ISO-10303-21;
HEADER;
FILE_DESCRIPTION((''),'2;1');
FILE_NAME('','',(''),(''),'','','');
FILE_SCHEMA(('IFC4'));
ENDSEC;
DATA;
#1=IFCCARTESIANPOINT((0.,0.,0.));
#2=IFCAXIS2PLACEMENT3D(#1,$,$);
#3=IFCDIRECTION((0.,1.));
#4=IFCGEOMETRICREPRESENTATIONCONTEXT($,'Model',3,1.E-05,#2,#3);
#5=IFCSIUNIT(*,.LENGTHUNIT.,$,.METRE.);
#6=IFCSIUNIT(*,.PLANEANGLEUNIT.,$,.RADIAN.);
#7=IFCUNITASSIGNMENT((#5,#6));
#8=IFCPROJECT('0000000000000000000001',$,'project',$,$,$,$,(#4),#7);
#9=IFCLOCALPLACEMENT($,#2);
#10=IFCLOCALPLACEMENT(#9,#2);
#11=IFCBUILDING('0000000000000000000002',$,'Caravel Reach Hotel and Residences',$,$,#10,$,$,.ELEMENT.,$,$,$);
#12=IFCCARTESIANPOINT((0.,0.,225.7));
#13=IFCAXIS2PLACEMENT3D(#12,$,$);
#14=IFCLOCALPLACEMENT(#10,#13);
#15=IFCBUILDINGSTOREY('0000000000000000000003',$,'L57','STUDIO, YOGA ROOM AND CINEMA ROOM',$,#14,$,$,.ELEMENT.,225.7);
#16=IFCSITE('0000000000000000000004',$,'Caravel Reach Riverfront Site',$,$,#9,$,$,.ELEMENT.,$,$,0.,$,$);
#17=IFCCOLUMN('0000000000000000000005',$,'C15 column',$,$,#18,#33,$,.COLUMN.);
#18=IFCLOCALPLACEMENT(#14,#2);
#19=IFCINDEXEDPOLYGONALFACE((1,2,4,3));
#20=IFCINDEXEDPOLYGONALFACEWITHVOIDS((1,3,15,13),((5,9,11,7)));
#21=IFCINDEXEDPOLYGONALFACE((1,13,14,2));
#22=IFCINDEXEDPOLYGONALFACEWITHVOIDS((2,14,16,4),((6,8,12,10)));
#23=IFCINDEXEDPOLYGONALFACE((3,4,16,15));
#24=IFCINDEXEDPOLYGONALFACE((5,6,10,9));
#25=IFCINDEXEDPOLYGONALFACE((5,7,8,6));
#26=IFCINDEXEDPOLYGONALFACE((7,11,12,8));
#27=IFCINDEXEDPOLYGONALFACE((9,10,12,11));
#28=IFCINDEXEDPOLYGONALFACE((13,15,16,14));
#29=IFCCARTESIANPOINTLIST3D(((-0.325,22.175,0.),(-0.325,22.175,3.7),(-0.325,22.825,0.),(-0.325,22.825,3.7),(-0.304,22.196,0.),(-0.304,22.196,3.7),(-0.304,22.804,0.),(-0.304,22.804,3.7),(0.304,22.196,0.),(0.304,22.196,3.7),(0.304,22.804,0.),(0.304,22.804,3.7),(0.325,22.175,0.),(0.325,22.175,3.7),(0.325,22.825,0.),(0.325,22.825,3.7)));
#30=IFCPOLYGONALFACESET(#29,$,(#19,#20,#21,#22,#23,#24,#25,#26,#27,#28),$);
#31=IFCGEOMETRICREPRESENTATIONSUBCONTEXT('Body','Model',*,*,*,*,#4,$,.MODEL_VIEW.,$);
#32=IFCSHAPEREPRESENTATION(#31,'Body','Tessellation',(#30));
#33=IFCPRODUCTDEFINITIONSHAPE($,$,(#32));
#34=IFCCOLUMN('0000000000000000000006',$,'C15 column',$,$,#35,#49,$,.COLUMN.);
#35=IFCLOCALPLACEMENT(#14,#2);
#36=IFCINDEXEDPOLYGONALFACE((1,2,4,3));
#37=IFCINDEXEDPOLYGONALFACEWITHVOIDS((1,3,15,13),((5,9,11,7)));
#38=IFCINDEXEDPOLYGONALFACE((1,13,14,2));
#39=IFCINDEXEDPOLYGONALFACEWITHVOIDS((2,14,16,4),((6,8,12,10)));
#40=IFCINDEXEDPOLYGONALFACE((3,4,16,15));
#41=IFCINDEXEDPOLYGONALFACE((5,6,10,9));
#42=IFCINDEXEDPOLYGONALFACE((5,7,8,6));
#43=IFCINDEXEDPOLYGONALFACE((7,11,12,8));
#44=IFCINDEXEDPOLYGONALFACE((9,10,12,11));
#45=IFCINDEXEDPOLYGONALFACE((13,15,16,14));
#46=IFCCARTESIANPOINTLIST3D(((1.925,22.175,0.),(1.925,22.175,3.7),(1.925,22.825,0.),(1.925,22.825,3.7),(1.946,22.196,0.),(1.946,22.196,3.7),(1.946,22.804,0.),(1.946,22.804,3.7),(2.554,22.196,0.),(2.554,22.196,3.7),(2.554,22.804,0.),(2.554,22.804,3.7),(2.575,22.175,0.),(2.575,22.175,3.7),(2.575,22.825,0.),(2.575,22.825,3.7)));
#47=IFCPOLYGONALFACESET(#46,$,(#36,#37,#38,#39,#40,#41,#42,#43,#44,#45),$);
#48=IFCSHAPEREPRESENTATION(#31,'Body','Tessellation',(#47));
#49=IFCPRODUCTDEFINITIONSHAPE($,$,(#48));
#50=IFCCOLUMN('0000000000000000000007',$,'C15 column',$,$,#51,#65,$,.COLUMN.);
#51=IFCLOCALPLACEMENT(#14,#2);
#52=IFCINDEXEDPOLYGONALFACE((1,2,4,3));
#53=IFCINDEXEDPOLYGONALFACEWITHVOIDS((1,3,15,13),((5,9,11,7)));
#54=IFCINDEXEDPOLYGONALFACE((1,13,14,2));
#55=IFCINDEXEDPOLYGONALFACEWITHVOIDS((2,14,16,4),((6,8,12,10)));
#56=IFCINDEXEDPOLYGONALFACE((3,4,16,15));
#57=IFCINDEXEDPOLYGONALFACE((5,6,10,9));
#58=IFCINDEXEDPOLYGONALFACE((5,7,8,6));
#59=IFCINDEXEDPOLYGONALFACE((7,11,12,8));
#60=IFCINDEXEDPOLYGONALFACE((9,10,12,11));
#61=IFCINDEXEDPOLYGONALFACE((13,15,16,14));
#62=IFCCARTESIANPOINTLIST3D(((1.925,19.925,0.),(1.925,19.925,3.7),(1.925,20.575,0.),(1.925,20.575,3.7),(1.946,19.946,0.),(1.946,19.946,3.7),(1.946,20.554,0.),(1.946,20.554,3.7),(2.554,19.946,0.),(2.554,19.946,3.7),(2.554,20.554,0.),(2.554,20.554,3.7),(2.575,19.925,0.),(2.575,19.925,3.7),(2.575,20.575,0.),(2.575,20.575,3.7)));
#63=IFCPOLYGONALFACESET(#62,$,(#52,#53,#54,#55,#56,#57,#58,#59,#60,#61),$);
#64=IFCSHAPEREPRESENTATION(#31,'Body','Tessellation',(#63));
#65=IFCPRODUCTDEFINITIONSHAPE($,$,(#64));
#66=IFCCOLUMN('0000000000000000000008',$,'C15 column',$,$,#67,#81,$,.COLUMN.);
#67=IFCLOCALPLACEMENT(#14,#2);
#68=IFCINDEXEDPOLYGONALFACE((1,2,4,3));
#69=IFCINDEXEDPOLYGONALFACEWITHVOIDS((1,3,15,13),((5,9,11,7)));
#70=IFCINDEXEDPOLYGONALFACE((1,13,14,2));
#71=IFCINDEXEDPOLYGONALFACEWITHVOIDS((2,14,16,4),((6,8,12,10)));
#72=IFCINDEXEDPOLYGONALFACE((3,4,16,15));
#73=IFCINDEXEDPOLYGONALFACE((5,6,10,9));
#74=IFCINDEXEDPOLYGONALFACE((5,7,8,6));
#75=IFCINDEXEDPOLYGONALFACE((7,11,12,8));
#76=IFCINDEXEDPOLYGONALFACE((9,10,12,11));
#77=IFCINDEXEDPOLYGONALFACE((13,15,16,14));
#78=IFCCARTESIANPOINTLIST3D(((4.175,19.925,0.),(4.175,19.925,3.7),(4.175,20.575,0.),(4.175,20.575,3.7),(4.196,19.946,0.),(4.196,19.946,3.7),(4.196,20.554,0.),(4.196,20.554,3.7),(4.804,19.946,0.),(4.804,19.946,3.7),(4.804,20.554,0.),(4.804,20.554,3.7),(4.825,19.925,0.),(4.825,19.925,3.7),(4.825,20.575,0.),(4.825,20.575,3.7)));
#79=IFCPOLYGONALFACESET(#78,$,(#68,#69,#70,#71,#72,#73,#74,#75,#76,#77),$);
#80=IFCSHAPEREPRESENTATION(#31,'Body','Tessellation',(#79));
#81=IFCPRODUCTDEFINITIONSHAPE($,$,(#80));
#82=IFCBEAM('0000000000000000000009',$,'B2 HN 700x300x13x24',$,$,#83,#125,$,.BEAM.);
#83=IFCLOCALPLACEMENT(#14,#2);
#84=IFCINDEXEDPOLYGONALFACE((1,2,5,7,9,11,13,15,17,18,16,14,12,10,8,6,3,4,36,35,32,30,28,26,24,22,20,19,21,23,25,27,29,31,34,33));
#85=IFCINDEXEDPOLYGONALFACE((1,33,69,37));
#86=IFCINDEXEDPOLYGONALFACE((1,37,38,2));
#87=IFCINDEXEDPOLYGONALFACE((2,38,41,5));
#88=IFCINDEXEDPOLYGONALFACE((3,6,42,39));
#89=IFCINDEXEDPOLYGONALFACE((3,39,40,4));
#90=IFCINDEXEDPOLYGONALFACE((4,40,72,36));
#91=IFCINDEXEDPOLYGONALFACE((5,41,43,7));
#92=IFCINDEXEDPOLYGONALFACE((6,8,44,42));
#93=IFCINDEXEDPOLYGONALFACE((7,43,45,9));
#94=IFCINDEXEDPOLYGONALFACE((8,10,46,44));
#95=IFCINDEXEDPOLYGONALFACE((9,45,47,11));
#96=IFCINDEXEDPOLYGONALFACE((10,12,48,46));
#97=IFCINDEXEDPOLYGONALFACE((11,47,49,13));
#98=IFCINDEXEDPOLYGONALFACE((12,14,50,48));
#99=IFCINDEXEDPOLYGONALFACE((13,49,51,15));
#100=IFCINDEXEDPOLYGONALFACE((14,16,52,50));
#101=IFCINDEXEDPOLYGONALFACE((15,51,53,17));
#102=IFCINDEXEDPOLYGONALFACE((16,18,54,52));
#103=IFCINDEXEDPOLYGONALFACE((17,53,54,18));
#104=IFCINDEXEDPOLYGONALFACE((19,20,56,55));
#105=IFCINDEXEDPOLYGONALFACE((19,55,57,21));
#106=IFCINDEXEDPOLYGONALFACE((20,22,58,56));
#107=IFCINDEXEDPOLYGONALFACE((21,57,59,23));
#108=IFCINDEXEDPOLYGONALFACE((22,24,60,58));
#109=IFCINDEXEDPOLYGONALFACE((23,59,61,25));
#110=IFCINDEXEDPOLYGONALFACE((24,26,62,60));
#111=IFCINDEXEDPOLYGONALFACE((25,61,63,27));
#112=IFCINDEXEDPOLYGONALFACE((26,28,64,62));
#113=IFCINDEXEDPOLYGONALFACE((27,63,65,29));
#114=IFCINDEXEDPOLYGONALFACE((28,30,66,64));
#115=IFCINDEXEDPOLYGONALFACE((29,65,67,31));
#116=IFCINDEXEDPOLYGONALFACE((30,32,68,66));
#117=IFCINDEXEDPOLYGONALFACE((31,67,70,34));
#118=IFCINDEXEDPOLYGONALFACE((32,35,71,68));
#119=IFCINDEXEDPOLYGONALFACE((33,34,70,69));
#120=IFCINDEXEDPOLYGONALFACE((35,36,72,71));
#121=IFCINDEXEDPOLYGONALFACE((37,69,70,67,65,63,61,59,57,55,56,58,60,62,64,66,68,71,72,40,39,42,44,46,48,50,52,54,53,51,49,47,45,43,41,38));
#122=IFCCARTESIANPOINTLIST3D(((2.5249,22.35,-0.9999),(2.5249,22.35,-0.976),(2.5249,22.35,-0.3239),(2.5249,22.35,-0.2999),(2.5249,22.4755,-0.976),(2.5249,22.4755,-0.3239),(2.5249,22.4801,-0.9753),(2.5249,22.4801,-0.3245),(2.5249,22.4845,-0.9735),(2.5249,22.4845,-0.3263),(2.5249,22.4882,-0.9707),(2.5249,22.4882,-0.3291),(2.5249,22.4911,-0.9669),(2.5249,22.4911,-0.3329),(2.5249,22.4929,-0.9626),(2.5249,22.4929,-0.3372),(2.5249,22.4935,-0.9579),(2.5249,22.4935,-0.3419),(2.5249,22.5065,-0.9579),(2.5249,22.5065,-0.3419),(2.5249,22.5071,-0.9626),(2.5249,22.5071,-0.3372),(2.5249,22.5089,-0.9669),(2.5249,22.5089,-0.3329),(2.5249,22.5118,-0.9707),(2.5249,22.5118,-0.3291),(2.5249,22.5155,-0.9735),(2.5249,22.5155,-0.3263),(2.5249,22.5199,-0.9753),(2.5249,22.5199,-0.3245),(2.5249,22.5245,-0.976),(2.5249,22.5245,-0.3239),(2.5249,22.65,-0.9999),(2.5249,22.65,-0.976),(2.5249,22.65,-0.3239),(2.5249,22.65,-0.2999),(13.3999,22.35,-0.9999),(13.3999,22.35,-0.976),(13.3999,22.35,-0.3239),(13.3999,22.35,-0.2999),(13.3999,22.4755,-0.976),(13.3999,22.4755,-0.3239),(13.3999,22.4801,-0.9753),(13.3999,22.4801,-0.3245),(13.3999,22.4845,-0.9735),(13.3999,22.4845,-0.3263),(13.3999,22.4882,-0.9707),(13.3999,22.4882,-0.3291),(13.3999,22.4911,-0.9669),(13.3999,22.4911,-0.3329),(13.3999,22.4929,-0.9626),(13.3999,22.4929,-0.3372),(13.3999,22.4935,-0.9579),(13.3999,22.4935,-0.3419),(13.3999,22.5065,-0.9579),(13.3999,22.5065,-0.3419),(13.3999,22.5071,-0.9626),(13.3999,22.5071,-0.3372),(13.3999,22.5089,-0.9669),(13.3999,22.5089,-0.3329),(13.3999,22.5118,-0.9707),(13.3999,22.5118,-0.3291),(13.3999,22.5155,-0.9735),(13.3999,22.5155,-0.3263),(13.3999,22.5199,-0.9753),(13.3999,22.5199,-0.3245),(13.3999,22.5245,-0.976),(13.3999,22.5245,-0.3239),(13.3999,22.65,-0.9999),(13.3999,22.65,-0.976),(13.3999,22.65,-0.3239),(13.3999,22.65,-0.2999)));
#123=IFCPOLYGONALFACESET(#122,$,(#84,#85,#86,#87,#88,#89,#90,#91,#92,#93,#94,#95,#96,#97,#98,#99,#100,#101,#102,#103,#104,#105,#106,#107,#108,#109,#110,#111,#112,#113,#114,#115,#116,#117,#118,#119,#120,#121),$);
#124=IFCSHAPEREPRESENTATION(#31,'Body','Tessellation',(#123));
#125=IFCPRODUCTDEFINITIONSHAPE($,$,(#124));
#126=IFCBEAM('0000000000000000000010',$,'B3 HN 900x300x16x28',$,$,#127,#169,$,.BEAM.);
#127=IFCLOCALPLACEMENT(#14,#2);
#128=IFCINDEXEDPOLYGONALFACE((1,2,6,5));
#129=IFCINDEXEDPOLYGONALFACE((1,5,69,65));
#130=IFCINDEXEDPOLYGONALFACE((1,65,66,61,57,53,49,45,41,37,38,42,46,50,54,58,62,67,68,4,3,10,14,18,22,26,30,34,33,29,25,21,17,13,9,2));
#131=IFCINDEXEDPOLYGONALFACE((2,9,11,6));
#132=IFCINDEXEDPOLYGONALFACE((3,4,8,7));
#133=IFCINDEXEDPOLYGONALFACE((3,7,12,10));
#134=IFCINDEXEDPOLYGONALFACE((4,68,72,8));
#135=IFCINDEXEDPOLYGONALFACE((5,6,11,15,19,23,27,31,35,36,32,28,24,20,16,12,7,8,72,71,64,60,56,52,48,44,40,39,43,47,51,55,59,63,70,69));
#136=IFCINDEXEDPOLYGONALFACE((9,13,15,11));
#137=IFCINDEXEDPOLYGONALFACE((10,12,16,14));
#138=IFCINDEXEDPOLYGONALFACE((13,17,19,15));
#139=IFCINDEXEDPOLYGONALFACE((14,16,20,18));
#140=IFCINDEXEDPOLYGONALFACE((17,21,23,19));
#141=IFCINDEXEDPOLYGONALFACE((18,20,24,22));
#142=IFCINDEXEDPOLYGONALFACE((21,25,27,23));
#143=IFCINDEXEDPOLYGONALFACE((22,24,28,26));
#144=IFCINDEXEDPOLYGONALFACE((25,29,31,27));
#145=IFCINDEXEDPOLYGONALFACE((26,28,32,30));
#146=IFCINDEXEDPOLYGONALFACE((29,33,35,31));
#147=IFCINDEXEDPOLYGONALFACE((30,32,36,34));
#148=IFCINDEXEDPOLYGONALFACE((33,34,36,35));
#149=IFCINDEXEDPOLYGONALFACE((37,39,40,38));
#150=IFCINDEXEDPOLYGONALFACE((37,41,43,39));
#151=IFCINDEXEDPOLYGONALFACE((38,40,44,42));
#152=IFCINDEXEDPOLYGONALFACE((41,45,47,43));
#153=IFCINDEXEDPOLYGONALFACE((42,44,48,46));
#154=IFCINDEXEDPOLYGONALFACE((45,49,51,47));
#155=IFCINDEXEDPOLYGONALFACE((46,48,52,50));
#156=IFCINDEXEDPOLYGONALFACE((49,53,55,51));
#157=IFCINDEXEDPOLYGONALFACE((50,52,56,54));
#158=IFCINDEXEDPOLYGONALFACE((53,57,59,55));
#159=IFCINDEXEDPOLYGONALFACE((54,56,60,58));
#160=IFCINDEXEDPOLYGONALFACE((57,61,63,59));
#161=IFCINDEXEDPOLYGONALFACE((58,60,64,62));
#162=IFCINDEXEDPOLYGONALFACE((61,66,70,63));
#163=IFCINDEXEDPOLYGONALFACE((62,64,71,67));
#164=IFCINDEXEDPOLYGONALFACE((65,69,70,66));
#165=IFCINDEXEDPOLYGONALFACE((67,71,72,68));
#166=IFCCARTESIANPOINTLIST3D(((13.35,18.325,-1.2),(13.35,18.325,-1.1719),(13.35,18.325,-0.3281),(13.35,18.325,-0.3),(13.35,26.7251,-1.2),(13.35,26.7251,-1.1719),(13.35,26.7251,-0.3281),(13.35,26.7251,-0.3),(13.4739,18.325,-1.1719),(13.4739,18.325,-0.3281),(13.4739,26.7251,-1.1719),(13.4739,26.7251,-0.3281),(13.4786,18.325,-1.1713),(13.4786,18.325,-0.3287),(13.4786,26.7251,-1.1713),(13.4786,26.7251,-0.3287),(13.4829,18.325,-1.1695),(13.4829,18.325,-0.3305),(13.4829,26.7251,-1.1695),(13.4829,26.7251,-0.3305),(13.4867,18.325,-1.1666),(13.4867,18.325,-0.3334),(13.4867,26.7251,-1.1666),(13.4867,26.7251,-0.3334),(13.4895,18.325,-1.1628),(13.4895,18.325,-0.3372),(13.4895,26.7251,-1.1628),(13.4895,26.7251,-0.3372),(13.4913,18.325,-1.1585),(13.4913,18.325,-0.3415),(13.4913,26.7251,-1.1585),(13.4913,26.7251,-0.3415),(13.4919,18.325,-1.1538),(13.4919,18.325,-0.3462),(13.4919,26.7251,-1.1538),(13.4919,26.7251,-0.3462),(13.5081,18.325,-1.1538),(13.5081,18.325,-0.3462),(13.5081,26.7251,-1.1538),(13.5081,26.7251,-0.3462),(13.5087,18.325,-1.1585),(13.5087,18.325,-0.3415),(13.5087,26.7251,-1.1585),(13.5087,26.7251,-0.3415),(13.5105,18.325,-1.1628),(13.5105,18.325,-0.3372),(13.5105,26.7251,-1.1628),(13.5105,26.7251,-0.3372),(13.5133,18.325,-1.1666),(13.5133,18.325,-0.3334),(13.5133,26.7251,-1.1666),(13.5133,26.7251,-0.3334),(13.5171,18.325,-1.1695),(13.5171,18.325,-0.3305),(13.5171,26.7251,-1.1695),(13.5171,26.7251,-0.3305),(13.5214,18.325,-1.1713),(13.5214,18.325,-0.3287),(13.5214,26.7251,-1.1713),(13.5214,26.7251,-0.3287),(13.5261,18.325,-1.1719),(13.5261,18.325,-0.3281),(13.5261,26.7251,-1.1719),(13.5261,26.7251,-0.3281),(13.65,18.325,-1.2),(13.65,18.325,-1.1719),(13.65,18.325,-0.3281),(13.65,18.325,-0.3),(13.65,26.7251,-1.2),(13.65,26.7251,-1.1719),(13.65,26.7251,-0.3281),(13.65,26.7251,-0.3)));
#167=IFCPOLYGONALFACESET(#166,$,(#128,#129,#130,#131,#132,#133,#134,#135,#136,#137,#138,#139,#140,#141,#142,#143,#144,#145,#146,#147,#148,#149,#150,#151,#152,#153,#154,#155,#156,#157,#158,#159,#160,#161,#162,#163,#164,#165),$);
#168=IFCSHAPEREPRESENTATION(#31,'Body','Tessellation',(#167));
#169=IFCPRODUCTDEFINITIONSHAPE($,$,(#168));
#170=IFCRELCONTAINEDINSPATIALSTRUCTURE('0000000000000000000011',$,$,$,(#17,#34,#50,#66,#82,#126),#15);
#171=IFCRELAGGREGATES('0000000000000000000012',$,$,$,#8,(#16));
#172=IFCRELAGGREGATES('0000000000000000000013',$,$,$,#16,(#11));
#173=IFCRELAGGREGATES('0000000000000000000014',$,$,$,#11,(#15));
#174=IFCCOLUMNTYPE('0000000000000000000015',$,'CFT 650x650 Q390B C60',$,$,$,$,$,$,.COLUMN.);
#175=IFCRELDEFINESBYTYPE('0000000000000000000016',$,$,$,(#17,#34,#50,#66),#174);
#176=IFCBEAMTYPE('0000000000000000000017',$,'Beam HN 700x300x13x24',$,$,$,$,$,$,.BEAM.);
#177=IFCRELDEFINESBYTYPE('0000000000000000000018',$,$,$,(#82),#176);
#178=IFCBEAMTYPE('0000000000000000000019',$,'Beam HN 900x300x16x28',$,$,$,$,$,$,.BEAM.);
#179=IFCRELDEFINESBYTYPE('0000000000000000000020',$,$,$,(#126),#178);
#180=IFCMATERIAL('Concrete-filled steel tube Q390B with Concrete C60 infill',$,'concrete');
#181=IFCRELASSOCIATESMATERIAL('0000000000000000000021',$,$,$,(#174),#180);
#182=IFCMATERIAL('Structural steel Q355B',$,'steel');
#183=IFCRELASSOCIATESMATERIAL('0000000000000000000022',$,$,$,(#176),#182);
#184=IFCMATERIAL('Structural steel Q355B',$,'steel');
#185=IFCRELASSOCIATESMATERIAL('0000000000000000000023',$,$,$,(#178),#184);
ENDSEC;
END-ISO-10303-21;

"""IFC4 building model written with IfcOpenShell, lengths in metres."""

from ifc_helpers import new_model, si_unit, direction, frame, origin, origin_2d, place, context, subcontext, project, spatial, hollow_rectangle, i_section, extrude, material, material_profile, profile_set, type_object, element, save


model = new_model("IFC4")

# Units and contexts
model_context = context("Model", 3, precision=1e-05, world=origin(), true_north=direction((0.0, 1.0)))
body_context = subcontext(model_context, "Body", "Model", "MODEL_VIEW")
ifc_project = project(units=[si_unit("LENGTHUNIT", "METRE"), si_unit("PLANEANGLEUNIT", "RADIAN")], contexts=[model_context])

# Site, building, storey
site_placement = place(None, origin())
site = spatial("IfcSite", under=ifc_project, at=site_placement, Name="Caravel Reach Riverfront Site", CompositionType="ELEMENT", RefElevation=0.0)
building_placement = place(site_placement, origin())
building = spatial("IfcBuilding", under=site, at=building_placement, Name="Caravel Reach Hotel and Residences", CompositionType="ELEMENT")
storey_placement = place(building_placement, frame((0.0, 0.0, 225.7)))
storey = spatial("IfcBuildingStorey", under=building, at=storey_placement, Name="L57", Description="STUDIO, YOGA ROOM AND CINEMA ROOM", CompositionType="ELEMENT", Elevation=225.7)

# Columns
ifc_material_1 = material(Name="Concrete-filled steel tube Q390B with Concrete C60 infill", Category="concrete")
ifc_material_profile_1 = material_profile(ifc_material_1, hollow_rectangle(XDim=0.6499, YDim=0.6499, WallThickness=0.021, at=origin_2d()), Name="RHS 650x650x21")
ifc_profile_set_1 = profile_set([ifc_material_profile_1], Name="Concrete-filled steel tube Q390B with Concrete C60 infill")
column_type = type_object("IfcColumnType", Name="CFT 650x650 Q390B C60", PredefinedType="COLUMN", material=ifc_profile_set_1)
for number, where, z_axis, x_axis, name in (
    (1, (0.0, 22.5, 0.0), (0.0, 0.0, 1.0), (1.0, 0.0, 0.0), "C15 column"),
    (2, (2.25, 22.5, 0.0), (0.0, 0.0, 1.0), (1.0, 0.0, 0.0), "C15 column"),
    (3, (2.25, 20.25, 0.0), (0.0, 0.0, 1.0), (1.0, 0.0, 0.0), "C15 column"),
    (4, (4.5, 20.25, 0.0), (0.0, 0.0, 1.0), (1.0, 0.0, 0.0), "C15 column"),
):
    element("IfcColumn", number, at=place(storey_placement, frame(where, z_axis=z_axis, x_axis=x_axis)), inside=storey, type_object=column_type, Name=name, PredefinedType="COLUMN", context=body_context, shape_type="SweptSolid", body=[
        extrude(hollow_rectangle(XDim=0.6499, YDim=0.6499, WallThickness=0.021, at=origin_2d()), origin(), (0.0, 0.0, 1.0), 3.7),
    ])

# Beams
ifc_material_2 = material(Name="Structural steel Q355B", Category="steel")
ifc_material_profile_2 = material_profile(ifc_material_2, i_section(OverallWidth=0.3, OverallDepth=0.7, WebThickness=0.0129, FlangeThickness=0.0239, FilletRadius=0.0181, at=origin_2d()), Name="HN 700x300x13x24")
ifc_profile_set_2 = profile_set([ifc_material_profile_2], Name="Structural steel Q355B")
beam_type_1 = type_object("IfcBeamType", Name="Beam HN 700x300x13x24", PredefinedType="BEAM", material=ifc_profile_set_2)
beam_1_placement = place(storey_placement, frame((13.3999, 22.5, -0.6499), z_axis=(-1.0, 0.0, 0.0), x_axis=(0.0, -1.0, 0.0)))
element("IfcBeam", 5, at=beam_1_placement, inside=storey, type_object=beam_type_1, Name="B2 HN 700x300x13x24", PredefinedType="BEAM", context=body_context, shape_type="SweptSolid", body=[
    extrude(i_section(OverallWidth=0.3, OverallDepth=0.7, WebThickness=0.0129, FlangeThickness=0.0239, FilletRadius=0.0181, at=origin_2d()), origin(), (0.0, 0.0, 1.0), 10.875),
])
ifc_material_3 = material(Name="Structural steel Q355B", Category="steel")
ifc_material_profile_3 = material_profile(ifc_material_3, i_section(OverallWidth=0.3, OverallDepth=0.8999, WebThickness=0.0161, FlangeThickness=0.0281, FilletRadius=0.0181, at=origin_2d()), Name="HN 900x300x16x28")
ifc_profile_set_3 = profile_set([ifc_material_profile_3], Name="Structural steel Q355B")
beam_type_2 = type_object("IfcBeamType", Name="Beam HN 900x300x16x28", PredefinedType="BEAM", material=ifc_profile_set_3)
beam_2_placement = place(storey_placement, frame((13.5, 18.325, -0.75), z_axis=(0.0, 1.0, 0.0), x_axis=(-1.0, 0.0, 0.0)))
element("IfcBeam", 6, at=beam_2_placement, inside=storey, type_object=beam_type_2, Name="B3 HN 900x300x16x28", PredefinedType="BEAM", context=body_context, shape_type="SweptSolid", body=[
    extrude(i_section(OverallWidth=0.3, OverallDepth=0.8999, WebThickness=0.0161, FlangeThickness=0.0281, FilletRadius=0.0181, at=origin_2d()), origin(), (0.0, 0.0, 1.0), 8.4001),
])

save(model, "model.ifc")
